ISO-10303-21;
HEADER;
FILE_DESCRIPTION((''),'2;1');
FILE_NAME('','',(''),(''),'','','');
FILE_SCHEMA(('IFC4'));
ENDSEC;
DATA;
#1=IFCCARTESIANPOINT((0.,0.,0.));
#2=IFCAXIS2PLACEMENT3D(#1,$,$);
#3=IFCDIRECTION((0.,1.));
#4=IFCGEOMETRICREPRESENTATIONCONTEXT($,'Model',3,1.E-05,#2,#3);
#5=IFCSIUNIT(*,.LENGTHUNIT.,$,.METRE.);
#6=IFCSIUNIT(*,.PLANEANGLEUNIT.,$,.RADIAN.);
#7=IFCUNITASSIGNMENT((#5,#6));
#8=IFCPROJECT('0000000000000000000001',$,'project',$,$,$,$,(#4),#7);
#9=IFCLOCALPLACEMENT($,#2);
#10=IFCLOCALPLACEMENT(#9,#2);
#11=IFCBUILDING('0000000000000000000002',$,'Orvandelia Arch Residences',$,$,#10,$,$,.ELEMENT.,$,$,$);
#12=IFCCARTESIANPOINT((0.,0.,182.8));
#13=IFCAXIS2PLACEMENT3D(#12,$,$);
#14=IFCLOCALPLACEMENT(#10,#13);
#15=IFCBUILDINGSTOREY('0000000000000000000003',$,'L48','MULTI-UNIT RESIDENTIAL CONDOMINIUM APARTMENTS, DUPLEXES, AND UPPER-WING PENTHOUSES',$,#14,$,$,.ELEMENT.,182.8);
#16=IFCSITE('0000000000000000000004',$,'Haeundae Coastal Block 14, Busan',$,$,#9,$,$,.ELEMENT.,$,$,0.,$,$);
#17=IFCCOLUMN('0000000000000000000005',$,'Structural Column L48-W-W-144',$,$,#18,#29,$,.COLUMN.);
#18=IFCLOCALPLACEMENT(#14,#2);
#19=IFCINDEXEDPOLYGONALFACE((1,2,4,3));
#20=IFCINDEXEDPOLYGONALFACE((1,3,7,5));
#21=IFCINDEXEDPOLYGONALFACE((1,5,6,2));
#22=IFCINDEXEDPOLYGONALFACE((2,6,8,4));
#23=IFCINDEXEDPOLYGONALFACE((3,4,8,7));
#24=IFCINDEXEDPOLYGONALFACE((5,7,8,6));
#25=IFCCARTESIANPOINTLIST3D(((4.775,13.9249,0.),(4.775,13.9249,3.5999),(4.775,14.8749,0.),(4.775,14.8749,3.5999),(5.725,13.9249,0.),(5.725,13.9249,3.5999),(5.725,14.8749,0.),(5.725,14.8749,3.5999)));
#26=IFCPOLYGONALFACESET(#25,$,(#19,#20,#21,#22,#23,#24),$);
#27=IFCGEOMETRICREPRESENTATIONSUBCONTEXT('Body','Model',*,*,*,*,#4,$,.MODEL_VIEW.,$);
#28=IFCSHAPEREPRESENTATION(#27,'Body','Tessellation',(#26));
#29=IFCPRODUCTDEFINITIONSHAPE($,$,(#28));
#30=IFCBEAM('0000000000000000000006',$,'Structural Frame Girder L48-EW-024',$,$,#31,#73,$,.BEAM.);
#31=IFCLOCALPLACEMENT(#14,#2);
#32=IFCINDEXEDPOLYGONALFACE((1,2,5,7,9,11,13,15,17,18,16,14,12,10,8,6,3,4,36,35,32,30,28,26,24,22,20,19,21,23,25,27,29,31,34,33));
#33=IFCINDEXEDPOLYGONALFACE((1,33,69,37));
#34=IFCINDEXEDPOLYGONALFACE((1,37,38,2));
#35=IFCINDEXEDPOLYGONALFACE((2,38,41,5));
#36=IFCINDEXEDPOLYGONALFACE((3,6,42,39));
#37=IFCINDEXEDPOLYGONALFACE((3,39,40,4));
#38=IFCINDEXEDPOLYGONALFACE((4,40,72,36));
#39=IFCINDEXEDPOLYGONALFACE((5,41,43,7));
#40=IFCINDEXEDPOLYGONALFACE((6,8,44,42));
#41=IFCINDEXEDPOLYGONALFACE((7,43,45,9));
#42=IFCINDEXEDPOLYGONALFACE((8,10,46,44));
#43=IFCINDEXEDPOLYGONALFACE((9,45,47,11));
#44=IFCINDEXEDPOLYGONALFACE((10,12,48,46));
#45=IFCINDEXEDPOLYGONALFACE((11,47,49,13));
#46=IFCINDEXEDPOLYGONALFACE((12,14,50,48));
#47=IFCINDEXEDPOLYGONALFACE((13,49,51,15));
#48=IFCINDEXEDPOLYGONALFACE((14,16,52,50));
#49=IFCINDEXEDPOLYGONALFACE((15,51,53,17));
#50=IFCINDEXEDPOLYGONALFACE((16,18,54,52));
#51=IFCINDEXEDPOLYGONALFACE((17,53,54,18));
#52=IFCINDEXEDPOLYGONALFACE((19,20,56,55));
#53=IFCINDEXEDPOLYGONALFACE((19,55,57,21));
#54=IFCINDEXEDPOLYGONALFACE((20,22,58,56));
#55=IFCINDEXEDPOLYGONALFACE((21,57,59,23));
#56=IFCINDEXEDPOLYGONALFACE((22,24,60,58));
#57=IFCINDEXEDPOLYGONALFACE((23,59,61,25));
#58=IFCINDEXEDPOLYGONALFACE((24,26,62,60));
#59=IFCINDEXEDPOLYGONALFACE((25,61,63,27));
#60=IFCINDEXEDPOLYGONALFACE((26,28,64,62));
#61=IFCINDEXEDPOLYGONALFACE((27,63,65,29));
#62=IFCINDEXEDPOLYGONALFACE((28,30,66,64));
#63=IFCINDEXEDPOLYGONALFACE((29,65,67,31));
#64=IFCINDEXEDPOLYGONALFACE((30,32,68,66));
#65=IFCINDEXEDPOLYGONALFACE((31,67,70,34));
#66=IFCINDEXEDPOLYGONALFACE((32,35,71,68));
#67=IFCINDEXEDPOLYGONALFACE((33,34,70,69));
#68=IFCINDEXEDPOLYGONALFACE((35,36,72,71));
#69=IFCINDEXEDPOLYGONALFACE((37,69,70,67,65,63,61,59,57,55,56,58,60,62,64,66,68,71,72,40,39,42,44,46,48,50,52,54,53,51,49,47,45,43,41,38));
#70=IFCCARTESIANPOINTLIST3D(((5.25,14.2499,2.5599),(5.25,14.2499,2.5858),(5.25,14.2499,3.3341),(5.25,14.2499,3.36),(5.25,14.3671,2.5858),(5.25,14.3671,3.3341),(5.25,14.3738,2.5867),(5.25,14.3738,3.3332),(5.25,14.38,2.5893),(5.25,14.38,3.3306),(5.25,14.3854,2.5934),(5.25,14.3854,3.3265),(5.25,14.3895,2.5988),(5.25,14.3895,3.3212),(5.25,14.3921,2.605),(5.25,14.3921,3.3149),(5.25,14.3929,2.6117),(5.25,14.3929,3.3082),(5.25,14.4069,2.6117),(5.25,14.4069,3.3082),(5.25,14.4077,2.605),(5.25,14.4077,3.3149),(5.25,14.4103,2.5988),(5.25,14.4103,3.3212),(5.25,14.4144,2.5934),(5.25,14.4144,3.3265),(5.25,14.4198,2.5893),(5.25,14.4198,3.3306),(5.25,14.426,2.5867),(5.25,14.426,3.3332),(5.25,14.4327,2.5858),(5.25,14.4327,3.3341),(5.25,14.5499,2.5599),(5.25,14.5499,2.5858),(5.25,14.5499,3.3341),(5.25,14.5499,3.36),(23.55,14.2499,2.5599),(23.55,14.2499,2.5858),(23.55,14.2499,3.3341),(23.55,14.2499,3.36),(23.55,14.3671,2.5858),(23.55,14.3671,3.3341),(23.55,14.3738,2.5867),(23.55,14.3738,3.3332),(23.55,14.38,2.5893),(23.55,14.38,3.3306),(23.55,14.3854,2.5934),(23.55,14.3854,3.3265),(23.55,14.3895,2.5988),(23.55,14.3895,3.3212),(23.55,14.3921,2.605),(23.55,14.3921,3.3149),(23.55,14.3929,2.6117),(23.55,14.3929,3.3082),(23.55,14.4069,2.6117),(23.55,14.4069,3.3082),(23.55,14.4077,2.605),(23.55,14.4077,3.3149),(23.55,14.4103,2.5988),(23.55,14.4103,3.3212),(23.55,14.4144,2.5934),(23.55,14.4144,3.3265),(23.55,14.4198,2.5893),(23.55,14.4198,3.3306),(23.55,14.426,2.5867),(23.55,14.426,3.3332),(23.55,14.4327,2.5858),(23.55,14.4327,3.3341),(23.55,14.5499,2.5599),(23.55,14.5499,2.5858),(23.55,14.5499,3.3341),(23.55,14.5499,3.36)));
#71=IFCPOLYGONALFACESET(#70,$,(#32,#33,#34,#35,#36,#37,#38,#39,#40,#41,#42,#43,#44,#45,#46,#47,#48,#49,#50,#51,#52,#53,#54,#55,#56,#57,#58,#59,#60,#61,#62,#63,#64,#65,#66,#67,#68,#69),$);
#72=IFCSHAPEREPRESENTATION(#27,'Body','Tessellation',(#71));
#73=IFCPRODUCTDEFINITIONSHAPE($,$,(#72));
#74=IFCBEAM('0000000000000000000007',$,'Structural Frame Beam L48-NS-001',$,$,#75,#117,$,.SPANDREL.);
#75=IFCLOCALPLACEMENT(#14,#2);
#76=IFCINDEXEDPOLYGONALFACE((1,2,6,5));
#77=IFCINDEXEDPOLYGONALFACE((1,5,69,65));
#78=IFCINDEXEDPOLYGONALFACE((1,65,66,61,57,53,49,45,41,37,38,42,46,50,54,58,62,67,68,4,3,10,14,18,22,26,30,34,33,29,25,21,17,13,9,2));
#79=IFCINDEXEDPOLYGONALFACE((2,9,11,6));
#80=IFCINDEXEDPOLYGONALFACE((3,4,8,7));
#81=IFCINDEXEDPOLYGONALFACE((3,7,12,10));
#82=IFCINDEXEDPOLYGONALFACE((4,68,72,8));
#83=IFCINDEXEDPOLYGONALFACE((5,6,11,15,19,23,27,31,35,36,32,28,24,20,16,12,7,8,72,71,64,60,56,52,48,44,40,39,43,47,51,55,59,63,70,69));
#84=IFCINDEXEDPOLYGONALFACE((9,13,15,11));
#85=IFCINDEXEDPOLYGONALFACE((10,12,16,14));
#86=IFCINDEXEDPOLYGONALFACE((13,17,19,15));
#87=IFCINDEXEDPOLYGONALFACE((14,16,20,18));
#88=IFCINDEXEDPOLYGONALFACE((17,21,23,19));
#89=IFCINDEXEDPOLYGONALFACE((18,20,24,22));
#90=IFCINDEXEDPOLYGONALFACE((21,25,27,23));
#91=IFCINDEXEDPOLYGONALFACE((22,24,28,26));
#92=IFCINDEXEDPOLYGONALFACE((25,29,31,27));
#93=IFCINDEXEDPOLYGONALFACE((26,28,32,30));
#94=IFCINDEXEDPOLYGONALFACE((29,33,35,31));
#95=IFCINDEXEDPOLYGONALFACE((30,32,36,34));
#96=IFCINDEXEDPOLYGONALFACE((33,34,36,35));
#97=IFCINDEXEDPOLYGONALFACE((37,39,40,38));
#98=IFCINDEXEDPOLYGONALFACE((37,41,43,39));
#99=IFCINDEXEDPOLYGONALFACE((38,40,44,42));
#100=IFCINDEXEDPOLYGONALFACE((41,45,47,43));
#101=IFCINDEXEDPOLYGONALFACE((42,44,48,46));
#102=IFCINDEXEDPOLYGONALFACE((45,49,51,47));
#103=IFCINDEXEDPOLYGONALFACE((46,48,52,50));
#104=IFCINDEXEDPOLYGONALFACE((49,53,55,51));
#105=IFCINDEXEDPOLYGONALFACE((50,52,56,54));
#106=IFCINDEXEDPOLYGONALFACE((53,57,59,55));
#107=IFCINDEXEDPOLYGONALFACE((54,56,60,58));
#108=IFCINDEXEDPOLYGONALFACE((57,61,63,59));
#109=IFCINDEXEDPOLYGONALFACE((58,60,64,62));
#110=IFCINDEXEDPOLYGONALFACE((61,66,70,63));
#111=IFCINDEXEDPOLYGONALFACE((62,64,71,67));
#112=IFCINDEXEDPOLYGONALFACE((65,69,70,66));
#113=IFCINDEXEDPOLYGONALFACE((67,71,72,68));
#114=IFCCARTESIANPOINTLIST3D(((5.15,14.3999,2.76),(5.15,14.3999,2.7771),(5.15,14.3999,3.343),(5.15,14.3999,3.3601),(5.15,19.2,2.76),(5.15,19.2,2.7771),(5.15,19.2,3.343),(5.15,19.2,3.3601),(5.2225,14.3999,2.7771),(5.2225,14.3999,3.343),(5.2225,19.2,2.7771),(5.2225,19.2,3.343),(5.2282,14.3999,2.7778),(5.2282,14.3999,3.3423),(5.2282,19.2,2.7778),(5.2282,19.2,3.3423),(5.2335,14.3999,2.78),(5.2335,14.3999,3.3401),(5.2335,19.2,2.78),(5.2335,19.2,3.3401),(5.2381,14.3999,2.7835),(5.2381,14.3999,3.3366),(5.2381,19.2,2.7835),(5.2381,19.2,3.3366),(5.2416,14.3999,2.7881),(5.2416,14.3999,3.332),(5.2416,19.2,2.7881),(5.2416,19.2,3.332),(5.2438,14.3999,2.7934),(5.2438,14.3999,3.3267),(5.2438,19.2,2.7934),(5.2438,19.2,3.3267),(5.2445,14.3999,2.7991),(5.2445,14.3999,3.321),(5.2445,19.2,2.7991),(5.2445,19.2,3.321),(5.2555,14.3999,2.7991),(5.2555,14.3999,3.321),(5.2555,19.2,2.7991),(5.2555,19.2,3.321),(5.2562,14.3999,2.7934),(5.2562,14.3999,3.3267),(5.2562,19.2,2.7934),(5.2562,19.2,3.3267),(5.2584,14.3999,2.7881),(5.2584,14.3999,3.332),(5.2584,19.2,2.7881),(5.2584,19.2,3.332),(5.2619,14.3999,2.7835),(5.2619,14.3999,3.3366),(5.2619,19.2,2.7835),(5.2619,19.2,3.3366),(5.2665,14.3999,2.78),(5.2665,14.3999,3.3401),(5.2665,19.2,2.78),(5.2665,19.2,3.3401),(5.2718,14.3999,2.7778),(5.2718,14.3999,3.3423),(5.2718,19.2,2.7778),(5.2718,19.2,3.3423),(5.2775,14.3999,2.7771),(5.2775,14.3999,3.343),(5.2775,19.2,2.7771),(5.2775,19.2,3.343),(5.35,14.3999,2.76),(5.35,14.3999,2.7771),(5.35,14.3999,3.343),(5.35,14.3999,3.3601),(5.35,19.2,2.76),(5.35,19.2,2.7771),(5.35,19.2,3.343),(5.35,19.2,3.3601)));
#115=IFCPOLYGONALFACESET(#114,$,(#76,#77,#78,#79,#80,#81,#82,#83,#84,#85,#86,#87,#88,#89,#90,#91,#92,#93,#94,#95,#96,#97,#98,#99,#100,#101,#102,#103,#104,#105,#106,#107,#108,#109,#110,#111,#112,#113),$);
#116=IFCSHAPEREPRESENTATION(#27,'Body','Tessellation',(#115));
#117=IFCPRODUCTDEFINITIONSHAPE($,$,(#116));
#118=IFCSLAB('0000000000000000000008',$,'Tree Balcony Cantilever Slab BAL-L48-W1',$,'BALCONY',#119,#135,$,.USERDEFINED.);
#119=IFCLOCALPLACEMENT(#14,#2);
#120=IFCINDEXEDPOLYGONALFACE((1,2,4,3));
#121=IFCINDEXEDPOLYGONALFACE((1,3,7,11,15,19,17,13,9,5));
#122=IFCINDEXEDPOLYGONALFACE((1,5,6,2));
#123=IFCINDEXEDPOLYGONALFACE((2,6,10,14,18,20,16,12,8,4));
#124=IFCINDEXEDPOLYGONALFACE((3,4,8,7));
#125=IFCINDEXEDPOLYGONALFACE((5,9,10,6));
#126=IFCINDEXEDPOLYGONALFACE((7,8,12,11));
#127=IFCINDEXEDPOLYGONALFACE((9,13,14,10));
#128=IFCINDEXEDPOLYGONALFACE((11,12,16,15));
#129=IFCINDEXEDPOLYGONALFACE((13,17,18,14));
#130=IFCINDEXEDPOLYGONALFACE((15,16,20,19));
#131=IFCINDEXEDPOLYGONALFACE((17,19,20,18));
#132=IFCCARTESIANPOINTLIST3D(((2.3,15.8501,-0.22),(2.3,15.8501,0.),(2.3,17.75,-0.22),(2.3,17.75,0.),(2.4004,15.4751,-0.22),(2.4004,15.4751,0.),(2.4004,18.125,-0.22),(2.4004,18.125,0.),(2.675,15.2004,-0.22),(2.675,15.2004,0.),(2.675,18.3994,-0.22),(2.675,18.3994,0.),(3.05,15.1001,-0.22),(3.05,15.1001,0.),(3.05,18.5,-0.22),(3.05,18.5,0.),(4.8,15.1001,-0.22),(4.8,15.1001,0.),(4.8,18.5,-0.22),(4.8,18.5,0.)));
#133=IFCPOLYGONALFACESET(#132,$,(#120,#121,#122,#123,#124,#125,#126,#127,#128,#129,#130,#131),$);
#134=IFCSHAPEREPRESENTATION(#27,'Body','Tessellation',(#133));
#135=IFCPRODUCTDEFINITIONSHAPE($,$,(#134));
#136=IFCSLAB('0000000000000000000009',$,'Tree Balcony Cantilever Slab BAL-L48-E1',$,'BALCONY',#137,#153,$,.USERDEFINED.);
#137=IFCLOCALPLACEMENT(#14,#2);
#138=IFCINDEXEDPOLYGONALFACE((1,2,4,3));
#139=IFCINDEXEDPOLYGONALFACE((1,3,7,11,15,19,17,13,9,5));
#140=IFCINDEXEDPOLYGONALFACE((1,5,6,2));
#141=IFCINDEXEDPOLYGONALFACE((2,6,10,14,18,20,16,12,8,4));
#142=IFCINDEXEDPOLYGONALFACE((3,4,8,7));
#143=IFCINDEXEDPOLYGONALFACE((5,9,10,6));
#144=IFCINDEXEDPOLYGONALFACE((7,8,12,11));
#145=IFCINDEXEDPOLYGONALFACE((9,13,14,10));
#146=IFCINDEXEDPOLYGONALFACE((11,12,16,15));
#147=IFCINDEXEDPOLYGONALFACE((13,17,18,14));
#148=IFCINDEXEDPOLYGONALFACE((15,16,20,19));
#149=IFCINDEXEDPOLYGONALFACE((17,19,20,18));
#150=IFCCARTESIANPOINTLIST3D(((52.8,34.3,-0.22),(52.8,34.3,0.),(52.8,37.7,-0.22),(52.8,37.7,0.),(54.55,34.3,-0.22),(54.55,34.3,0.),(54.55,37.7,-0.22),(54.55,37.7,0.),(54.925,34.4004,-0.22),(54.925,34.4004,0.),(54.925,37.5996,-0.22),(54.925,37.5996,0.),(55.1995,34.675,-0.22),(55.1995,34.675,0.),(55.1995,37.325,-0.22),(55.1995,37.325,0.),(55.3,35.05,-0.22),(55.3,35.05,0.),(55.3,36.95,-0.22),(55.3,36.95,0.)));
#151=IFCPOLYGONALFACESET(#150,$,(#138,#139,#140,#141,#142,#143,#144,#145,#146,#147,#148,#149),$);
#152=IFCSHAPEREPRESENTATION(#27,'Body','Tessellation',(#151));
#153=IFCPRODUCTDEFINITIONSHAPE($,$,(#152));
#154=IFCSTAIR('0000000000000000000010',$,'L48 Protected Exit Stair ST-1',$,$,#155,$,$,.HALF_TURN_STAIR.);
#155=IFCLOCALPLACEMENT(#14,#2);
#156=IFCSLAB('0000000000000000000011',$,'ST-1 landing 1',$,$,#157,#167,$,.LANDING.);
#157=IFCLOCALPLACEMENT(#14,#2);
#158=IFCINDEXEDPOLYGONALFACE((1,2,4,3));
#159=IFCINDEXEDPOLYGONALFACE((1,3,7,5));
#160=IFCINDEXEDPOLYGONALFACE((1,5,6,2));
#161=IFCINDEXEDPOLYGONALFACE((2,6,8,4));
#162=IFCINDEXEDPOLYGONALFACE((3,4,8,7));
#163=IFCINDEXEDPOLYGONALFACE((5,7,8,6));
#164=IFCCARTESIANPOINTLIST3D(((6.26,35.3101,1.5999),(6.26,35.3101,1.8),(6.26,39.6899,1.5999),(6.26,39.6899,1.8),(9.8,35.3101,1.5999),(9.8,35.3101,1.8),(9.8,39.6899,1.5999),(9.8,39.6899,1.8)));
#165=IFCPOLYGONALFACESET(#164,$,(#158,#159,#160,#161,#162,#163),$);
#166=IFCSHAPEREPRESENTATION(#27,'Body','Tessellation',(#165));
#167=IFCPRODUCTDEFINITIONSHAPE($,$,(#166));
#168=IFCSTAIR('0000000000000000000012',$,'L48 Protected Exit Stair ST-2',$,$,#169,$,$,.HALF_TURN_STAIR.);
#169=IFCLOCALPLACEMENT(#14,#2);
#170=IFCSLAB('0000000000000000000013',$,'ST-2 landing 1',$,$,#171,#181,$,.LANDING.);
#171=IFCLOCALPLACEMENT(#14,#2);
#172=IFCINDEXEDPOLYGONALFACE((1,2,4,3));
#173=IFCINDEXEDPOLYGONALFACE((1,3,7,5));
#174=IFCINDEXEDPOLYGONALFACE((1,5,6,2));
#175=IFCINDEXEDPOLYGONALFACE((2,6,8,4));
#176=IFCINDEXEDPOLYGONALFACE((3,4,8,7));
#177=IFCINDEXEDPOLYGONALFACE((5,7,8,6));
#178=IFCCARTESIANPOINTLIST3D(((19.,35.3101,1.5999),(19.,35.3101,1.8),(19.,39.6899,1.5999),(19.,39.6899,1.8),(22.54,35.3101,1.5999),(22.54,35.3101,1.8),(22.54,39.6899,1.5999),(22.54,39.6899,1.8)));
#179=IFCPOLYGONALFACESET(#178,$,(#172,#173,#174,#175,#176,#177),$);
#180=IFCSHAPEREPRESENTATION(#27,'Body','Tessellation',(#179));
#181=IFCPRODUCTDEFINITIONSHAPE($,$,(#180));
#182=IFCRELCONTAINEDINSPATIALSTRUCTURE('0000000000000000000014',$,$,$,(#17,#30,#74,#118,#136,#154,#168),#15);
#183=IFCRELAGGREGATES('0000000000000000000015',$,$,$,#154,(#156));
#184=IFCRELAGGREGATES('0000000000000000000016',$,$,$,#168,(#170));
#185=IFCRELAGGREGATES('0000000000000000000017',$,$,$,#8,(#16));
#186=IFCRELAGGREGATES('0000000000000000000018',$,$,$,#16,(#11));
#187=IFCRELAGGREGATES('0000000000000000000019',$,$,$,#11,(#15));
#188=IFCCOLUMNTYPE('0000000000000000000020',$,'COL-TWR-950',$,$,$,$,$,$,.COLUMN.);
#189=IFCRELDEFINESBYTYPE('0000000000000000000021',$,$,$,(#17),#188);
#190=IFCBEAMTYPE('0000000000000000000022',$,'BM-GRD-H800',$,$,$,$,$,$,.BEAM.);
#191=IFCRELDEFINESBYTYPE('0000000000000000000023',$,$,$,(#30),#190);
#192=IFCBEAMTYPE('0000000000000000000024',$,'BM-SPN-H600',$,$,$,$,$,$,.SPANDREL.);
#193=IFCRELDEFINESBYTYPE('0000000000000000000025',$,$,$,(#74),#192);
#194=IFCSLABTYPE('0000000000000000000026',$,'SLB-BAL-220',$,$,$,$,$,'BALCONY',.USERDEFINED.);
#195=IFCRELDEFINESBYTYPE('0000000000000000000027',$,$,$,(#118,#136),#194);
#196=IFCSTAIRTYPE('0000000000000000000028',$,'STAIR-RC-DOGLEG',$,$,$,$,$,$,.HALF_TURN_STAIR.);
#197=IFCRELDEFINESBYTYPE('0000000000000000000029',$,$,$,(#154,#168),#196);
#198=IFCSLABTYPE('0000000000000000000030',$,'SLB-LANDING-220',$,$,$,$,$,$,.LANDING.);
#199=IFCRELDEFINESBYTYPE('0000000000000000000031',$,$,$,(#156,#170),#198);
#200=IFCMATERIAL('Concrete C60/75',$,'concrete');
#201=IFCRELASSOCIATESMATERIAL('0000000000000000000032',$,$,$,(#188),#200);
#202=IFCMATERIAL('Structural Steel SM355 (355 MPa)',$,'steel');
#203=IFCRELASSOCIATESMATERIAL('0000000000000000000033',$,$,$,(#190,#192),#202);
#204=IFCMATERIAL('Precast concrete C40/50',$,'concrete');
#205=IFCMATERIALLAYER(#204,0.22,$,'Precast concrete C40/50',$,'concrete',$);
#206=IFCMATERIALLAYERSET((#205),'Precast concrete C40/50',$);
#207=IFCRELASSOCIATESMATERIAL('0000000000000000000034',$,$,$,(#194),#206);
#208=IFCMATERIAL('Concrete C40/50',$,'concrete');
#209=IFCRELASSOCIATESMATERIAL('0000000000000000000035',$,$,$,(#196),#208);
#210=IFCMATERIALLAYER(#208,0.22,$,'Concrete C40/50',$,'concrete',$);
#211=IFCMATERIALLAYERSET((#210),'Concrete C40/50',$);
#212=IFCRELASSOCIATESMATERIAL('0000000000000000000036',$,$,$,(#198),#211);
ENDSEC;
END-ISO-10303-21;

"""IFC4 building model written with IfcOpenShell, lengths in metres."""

from ifc_helpers import new_model, si_unit, direction, frame, origin, origin_2d, place, context, subcontext, project, spatial, polyline, rectangle, i_section, outline, extrude, material, layer, layer_set, material_profile, profile_set, type_object, element, aggregate, save


model = new_model("IFC4")

# Units and contexts
model_context = context("Model", 3, precision=1e-05, world=origin(), true_north=direction((0.0, 1.0)))
body_context = subcontext(model_context, "Body", "Model", "MODEL_VIEW")
ifc_project = project(units=[si_unit("LENGTHUNIT", "METRE"), si_unit("PLANEANGLEUNIT", "RADIAN")], contexts=[model_context])

# Site, building, storey
site_placement = place(None, origin())
site = spatial("IfcSite", under=ifc_project, at=site_placement, Name="Haeundae Coastal Block 14, Busan", CompositionType="ELEMENT", RefElevation=0.0)
building_placement = place(site_placement, origin())
building = spatial("IfcBuilding", under=site, at=building_placement, Name="Orvandelia Arch Residences", CompositionType="ELEMENT")
storey_placement = place(building_placement, frame((0.0, 0.0, 182.8)))
storey = spatial("IfcBuildingStorey", under=building, at=storey_placement, Name="L48", Description="MULTI-UNIT RESIDENTIAL CONDOMINIUM APARTMENTS, DUPLEXES, AND UPPER-WING PENTHOUSES", CompositionType="ELEMENT", Elevation=182.8)

# Column
ifc_material_1 = material(Name="Concrete C60/75", Category="concrete")
ifc_material_profile_1 = material_profile(ifc_material_1, rectangle(XDim=0.95, YDim=0.95, at=origin_2d()), Name="Concrete C60/75", Category="concrete")
ifc_profile_set_1 = profile_set([ifc_material_profile_1], Name="Concrete C60/75")
column_type = type_object("IfcColumnType", Name="COL-TWR-950", PredefinedType="COLUMN", material=ifc_profile_set_1)
column_placement = place(storey_placement, frame((5.25, 14.3999, 0.0), z_axis=(0.0, 0.0, 1.0), x_axis=(1.0, 0.0, 0.0)))
element("IfcColumn", 1, at=column_placement, inside=storey, type_object=column_type, Name="Structural Column L48-W-W-144", PredefinedType="COLUMN", context=body_context, shape_type="SweptSolid", body=[
    extrude(rectangle(XDim=0.95, YDim=0.95, at=origin_2d()), origin(), (0.0, 0.0, 1.0), 3.5999),
])

# Beams
ifc_material_2 = material(Name="Structural Steel SM355 (355 MPa)", Category="steel")
ifc_material_profile_2 = material_profile(ifc_material_2, i_section(OverallWidth=0.3, OverallDepth=0.8, WebThickness=0.0139, FlangeThickness=0.0259, FilletRadius=0.0259, at=origin_2d()), Name="Structural Steel SM355 (355 MPa)", Category="steel")
ifc_profile_set_2 = profile_set([ifc_material_profile_2], Name="Structural Steel SM355 (355 MPa)")
beam_type_1 = type_object("IfcBeamType", Name="BM-GRD-H800", PredefinedType="BEAM", material=ifc_profile_set_2)
beam_1_placement = place(storey_placement, frame((5.25, 14.3999, 2.96), z_axis=(1.0, 0.0, 0.0), x_axis=(0.0, 1.0, 0.0)))
element("IfcBeam", 2, at=beam_1_placement, inside=storey, type_object=beam_type_1, Name="Structural Frame Girder L48-EW-024", PredefinedType="BEAM", context=body_context, shape_type="SweptSolid", body=[
    extrude(i_section(OverallWidth=0.3, OverallDepth=0.8, WebThickness=0.0139, FlangeThickness=0.0259, FilletRadius=0.0259, at=origin_2d()), origin(), (0.0, 0.0, 1.0), 18.3),
])
ifc_material_profile_3 = material_profile(ifc_material_2, i_section(OverallWidth=0.2, OverallDepth=0.6001, WebThickness=0.011, FlangeThickness=0.0171, FilletRadius=0.022, at=origin_2d()), Name="Structural Steel SM355 (355 MPa)", Category="steel")
ifc_profile_set_3 = profile_set([ifc_material_profile_3], Name="Structural Steel SM355 (355 MPa)")
beam_type_2 = type_object("IfcBeamType", Name="BM-SPN-H600", PredefinedType="SPANDREL", material=ifc_profile_set_3)
beam_2_placement = place(storey_placement, frame((5.25, 14.3999, 3.0601), z_axis=(0.0, 1.0, 0.0), x_axis=(-1.0, 0.0, 0.0)))
element("IfcBeam", 3, at=beam_2_placement, inside=storey, type_object=beam_type_2, Name="Structural Frame Beam L48-NS-001", PredefinedType="SPANDREL", context=body_context, shape_type="SweptSolid", body=[
    extrude(i_section(OverallWidth=0.2, OverallDepth=0.6001, WebThickness=0.011, FlangeThickness=0.0171, FilletRadius=0.022, at=origin_2d()), origin(), (0.0, 0.0, 1.0), 4.8),
])

# Slabs
ifc_material_3 = material(Name="Precast concrete C40/50", Category="concrete")
ifc_layer_1 = layer(ifc_material_3, 0.22, Name="Precast concrete C40/50", Category="concrete")
ifc_layer_set_1 = layer_set([ifc_layer_1], Name="Precast concrete C40/50")
slab_type_1 = type_object("IfcSlabType", Name="SLB-BAL-220", ElementType="BALCONY", PredefinedType="USERDEFINED", material=ifc_layer_set_1)
slab_1_placement = place(storey_placement, frame((0.0, 0.0, -0.22)))
element("IfcSlab", 4, at=slab_1_placement, inside=storey, type_object=slab_type_1, Name="Tree Balcony Cantilever Slab BAL-L48-W1", ObjectType="BALCONY", PredefinedType="USERDEFINED", context=body_context, shape_type="SweptSolid", body=[
    extrude(outline(polyline([(4.8, 15.1001), (4.8, 18.5), (3.05, 18.5), (2.675, 18.3994), (2.4004, 18.125), (2.3, 17.75), (2.3, 15.8501), (2.4004, 15.4751), (2.675, 15.2004), (3.05, 15.1001), (4.8, 15.1001)])), origin(), (0.0, 0.0, 1.0), 0.22),
])
slab_2_placement = place(storey_placement, frame((0.0, 0.0, -0.22)))
element("IfcSlab", 5, at=slab_2_placement, inside=storey, type_object=slab_type_1, Name="Tree Balcony Cantilever Slab BAL-L48-E1", ObjectType="BALCONY", PredefinedType="USERDEFINED", context=body_context, shape_type="SweptSolid", body=[
    extrude(outline(polyline([(52.8, 37.7), (52.8, 34.3), (54.55, 34.3), (54.925, 34.4004), (55.1995, 34.675), (55.3, 35.05), (55.3, 36.95), (55.1995, 37.325), (54.925, 37.5996), (54.55, 37.7), (52.8, 37.7)])), origin(), (0.0, 0.0, 1.0), 0.22),
])

# Stairs, slabs
ifc_material_4 = material(Name="Concrete C40/50", Category="concrete")
stair_type = type_object("IfcStairType", Name="STAIR-RC-DOGLEG", PredefinedType="HALF_TURN_STAIR", material=ifc_material_4)
stair_1_placement = place(storey_placement, origin())
stair_1 = element("IfcStair", 6, at=stair_1_placement, inside=storey, type_object=stair_type, Name="L48 Protected Exit Stair ST-1", PredefinedType="HALF_TURN_STAIR")
ifc_layer_2 = layer(ifc_material_4, 0.22, Name="Concrete C40/50", Category="concrete")
ifc_layer_set_2 = layer_set([ifc_layer_2], Name="Concrete C40/50")
slab_type_2 = type_object("IfcSlabType", Name="SLB-LANDING-220", PredefinedType="LANDING", material=ifc_layer_set_2)
slab_3_placement = place(storey_placement, frame((0.0, 0.0, 1.5999)))
slab_3 = element("IfcSlab", 7, at=slab_3_placement, type_object=slab_type_2, Name="ST-1 landing 1", PredefinedType="LANDING", context=body_context, shape_type="SweptSolid", body=[
    extrude(outline(polyline([(9.8, 35.3101), (9.8, 39.6899), (6.26, 39.6899), (6.26, 35.3101), (9.8, 35.3101)])), origin(), (0.0, 0.0, 1.0), 0.2002),
])
aggregate(stair_1, [slab_3])
stair_2_placement = place(storey_placement, origin())
stair_2 = element("IfcStair", 8, at=stair_2_placement, inside=storey, type_object=stair_type, Name="L48 Protected Exit Stair ST-2", PredefinedType="HALF_TURN_STAIR")
slab_4_placement = place(storey_placement, frame((0.0, 0.0, 1.5999)))
slab_4 = element("IfcSlab", 9, at=slab_4_placement, type_object=slab_type_2, Name="ST-2 landing 1", PredefinedType="LANDING", context=body_context, shape_type="SweptSolid", body=[
    extrude(outline(polyline([(22.54, 35.3101), (22.54, 39.6899), (19.0, 39.6899), (19.0, 35.3101), (22.54, 35.3101)])), origin(), (0.0, 0.0, 1.0), 0.2002),
])
aggregate(stair_2, [slab_4])

save(model, "model.ifc")
